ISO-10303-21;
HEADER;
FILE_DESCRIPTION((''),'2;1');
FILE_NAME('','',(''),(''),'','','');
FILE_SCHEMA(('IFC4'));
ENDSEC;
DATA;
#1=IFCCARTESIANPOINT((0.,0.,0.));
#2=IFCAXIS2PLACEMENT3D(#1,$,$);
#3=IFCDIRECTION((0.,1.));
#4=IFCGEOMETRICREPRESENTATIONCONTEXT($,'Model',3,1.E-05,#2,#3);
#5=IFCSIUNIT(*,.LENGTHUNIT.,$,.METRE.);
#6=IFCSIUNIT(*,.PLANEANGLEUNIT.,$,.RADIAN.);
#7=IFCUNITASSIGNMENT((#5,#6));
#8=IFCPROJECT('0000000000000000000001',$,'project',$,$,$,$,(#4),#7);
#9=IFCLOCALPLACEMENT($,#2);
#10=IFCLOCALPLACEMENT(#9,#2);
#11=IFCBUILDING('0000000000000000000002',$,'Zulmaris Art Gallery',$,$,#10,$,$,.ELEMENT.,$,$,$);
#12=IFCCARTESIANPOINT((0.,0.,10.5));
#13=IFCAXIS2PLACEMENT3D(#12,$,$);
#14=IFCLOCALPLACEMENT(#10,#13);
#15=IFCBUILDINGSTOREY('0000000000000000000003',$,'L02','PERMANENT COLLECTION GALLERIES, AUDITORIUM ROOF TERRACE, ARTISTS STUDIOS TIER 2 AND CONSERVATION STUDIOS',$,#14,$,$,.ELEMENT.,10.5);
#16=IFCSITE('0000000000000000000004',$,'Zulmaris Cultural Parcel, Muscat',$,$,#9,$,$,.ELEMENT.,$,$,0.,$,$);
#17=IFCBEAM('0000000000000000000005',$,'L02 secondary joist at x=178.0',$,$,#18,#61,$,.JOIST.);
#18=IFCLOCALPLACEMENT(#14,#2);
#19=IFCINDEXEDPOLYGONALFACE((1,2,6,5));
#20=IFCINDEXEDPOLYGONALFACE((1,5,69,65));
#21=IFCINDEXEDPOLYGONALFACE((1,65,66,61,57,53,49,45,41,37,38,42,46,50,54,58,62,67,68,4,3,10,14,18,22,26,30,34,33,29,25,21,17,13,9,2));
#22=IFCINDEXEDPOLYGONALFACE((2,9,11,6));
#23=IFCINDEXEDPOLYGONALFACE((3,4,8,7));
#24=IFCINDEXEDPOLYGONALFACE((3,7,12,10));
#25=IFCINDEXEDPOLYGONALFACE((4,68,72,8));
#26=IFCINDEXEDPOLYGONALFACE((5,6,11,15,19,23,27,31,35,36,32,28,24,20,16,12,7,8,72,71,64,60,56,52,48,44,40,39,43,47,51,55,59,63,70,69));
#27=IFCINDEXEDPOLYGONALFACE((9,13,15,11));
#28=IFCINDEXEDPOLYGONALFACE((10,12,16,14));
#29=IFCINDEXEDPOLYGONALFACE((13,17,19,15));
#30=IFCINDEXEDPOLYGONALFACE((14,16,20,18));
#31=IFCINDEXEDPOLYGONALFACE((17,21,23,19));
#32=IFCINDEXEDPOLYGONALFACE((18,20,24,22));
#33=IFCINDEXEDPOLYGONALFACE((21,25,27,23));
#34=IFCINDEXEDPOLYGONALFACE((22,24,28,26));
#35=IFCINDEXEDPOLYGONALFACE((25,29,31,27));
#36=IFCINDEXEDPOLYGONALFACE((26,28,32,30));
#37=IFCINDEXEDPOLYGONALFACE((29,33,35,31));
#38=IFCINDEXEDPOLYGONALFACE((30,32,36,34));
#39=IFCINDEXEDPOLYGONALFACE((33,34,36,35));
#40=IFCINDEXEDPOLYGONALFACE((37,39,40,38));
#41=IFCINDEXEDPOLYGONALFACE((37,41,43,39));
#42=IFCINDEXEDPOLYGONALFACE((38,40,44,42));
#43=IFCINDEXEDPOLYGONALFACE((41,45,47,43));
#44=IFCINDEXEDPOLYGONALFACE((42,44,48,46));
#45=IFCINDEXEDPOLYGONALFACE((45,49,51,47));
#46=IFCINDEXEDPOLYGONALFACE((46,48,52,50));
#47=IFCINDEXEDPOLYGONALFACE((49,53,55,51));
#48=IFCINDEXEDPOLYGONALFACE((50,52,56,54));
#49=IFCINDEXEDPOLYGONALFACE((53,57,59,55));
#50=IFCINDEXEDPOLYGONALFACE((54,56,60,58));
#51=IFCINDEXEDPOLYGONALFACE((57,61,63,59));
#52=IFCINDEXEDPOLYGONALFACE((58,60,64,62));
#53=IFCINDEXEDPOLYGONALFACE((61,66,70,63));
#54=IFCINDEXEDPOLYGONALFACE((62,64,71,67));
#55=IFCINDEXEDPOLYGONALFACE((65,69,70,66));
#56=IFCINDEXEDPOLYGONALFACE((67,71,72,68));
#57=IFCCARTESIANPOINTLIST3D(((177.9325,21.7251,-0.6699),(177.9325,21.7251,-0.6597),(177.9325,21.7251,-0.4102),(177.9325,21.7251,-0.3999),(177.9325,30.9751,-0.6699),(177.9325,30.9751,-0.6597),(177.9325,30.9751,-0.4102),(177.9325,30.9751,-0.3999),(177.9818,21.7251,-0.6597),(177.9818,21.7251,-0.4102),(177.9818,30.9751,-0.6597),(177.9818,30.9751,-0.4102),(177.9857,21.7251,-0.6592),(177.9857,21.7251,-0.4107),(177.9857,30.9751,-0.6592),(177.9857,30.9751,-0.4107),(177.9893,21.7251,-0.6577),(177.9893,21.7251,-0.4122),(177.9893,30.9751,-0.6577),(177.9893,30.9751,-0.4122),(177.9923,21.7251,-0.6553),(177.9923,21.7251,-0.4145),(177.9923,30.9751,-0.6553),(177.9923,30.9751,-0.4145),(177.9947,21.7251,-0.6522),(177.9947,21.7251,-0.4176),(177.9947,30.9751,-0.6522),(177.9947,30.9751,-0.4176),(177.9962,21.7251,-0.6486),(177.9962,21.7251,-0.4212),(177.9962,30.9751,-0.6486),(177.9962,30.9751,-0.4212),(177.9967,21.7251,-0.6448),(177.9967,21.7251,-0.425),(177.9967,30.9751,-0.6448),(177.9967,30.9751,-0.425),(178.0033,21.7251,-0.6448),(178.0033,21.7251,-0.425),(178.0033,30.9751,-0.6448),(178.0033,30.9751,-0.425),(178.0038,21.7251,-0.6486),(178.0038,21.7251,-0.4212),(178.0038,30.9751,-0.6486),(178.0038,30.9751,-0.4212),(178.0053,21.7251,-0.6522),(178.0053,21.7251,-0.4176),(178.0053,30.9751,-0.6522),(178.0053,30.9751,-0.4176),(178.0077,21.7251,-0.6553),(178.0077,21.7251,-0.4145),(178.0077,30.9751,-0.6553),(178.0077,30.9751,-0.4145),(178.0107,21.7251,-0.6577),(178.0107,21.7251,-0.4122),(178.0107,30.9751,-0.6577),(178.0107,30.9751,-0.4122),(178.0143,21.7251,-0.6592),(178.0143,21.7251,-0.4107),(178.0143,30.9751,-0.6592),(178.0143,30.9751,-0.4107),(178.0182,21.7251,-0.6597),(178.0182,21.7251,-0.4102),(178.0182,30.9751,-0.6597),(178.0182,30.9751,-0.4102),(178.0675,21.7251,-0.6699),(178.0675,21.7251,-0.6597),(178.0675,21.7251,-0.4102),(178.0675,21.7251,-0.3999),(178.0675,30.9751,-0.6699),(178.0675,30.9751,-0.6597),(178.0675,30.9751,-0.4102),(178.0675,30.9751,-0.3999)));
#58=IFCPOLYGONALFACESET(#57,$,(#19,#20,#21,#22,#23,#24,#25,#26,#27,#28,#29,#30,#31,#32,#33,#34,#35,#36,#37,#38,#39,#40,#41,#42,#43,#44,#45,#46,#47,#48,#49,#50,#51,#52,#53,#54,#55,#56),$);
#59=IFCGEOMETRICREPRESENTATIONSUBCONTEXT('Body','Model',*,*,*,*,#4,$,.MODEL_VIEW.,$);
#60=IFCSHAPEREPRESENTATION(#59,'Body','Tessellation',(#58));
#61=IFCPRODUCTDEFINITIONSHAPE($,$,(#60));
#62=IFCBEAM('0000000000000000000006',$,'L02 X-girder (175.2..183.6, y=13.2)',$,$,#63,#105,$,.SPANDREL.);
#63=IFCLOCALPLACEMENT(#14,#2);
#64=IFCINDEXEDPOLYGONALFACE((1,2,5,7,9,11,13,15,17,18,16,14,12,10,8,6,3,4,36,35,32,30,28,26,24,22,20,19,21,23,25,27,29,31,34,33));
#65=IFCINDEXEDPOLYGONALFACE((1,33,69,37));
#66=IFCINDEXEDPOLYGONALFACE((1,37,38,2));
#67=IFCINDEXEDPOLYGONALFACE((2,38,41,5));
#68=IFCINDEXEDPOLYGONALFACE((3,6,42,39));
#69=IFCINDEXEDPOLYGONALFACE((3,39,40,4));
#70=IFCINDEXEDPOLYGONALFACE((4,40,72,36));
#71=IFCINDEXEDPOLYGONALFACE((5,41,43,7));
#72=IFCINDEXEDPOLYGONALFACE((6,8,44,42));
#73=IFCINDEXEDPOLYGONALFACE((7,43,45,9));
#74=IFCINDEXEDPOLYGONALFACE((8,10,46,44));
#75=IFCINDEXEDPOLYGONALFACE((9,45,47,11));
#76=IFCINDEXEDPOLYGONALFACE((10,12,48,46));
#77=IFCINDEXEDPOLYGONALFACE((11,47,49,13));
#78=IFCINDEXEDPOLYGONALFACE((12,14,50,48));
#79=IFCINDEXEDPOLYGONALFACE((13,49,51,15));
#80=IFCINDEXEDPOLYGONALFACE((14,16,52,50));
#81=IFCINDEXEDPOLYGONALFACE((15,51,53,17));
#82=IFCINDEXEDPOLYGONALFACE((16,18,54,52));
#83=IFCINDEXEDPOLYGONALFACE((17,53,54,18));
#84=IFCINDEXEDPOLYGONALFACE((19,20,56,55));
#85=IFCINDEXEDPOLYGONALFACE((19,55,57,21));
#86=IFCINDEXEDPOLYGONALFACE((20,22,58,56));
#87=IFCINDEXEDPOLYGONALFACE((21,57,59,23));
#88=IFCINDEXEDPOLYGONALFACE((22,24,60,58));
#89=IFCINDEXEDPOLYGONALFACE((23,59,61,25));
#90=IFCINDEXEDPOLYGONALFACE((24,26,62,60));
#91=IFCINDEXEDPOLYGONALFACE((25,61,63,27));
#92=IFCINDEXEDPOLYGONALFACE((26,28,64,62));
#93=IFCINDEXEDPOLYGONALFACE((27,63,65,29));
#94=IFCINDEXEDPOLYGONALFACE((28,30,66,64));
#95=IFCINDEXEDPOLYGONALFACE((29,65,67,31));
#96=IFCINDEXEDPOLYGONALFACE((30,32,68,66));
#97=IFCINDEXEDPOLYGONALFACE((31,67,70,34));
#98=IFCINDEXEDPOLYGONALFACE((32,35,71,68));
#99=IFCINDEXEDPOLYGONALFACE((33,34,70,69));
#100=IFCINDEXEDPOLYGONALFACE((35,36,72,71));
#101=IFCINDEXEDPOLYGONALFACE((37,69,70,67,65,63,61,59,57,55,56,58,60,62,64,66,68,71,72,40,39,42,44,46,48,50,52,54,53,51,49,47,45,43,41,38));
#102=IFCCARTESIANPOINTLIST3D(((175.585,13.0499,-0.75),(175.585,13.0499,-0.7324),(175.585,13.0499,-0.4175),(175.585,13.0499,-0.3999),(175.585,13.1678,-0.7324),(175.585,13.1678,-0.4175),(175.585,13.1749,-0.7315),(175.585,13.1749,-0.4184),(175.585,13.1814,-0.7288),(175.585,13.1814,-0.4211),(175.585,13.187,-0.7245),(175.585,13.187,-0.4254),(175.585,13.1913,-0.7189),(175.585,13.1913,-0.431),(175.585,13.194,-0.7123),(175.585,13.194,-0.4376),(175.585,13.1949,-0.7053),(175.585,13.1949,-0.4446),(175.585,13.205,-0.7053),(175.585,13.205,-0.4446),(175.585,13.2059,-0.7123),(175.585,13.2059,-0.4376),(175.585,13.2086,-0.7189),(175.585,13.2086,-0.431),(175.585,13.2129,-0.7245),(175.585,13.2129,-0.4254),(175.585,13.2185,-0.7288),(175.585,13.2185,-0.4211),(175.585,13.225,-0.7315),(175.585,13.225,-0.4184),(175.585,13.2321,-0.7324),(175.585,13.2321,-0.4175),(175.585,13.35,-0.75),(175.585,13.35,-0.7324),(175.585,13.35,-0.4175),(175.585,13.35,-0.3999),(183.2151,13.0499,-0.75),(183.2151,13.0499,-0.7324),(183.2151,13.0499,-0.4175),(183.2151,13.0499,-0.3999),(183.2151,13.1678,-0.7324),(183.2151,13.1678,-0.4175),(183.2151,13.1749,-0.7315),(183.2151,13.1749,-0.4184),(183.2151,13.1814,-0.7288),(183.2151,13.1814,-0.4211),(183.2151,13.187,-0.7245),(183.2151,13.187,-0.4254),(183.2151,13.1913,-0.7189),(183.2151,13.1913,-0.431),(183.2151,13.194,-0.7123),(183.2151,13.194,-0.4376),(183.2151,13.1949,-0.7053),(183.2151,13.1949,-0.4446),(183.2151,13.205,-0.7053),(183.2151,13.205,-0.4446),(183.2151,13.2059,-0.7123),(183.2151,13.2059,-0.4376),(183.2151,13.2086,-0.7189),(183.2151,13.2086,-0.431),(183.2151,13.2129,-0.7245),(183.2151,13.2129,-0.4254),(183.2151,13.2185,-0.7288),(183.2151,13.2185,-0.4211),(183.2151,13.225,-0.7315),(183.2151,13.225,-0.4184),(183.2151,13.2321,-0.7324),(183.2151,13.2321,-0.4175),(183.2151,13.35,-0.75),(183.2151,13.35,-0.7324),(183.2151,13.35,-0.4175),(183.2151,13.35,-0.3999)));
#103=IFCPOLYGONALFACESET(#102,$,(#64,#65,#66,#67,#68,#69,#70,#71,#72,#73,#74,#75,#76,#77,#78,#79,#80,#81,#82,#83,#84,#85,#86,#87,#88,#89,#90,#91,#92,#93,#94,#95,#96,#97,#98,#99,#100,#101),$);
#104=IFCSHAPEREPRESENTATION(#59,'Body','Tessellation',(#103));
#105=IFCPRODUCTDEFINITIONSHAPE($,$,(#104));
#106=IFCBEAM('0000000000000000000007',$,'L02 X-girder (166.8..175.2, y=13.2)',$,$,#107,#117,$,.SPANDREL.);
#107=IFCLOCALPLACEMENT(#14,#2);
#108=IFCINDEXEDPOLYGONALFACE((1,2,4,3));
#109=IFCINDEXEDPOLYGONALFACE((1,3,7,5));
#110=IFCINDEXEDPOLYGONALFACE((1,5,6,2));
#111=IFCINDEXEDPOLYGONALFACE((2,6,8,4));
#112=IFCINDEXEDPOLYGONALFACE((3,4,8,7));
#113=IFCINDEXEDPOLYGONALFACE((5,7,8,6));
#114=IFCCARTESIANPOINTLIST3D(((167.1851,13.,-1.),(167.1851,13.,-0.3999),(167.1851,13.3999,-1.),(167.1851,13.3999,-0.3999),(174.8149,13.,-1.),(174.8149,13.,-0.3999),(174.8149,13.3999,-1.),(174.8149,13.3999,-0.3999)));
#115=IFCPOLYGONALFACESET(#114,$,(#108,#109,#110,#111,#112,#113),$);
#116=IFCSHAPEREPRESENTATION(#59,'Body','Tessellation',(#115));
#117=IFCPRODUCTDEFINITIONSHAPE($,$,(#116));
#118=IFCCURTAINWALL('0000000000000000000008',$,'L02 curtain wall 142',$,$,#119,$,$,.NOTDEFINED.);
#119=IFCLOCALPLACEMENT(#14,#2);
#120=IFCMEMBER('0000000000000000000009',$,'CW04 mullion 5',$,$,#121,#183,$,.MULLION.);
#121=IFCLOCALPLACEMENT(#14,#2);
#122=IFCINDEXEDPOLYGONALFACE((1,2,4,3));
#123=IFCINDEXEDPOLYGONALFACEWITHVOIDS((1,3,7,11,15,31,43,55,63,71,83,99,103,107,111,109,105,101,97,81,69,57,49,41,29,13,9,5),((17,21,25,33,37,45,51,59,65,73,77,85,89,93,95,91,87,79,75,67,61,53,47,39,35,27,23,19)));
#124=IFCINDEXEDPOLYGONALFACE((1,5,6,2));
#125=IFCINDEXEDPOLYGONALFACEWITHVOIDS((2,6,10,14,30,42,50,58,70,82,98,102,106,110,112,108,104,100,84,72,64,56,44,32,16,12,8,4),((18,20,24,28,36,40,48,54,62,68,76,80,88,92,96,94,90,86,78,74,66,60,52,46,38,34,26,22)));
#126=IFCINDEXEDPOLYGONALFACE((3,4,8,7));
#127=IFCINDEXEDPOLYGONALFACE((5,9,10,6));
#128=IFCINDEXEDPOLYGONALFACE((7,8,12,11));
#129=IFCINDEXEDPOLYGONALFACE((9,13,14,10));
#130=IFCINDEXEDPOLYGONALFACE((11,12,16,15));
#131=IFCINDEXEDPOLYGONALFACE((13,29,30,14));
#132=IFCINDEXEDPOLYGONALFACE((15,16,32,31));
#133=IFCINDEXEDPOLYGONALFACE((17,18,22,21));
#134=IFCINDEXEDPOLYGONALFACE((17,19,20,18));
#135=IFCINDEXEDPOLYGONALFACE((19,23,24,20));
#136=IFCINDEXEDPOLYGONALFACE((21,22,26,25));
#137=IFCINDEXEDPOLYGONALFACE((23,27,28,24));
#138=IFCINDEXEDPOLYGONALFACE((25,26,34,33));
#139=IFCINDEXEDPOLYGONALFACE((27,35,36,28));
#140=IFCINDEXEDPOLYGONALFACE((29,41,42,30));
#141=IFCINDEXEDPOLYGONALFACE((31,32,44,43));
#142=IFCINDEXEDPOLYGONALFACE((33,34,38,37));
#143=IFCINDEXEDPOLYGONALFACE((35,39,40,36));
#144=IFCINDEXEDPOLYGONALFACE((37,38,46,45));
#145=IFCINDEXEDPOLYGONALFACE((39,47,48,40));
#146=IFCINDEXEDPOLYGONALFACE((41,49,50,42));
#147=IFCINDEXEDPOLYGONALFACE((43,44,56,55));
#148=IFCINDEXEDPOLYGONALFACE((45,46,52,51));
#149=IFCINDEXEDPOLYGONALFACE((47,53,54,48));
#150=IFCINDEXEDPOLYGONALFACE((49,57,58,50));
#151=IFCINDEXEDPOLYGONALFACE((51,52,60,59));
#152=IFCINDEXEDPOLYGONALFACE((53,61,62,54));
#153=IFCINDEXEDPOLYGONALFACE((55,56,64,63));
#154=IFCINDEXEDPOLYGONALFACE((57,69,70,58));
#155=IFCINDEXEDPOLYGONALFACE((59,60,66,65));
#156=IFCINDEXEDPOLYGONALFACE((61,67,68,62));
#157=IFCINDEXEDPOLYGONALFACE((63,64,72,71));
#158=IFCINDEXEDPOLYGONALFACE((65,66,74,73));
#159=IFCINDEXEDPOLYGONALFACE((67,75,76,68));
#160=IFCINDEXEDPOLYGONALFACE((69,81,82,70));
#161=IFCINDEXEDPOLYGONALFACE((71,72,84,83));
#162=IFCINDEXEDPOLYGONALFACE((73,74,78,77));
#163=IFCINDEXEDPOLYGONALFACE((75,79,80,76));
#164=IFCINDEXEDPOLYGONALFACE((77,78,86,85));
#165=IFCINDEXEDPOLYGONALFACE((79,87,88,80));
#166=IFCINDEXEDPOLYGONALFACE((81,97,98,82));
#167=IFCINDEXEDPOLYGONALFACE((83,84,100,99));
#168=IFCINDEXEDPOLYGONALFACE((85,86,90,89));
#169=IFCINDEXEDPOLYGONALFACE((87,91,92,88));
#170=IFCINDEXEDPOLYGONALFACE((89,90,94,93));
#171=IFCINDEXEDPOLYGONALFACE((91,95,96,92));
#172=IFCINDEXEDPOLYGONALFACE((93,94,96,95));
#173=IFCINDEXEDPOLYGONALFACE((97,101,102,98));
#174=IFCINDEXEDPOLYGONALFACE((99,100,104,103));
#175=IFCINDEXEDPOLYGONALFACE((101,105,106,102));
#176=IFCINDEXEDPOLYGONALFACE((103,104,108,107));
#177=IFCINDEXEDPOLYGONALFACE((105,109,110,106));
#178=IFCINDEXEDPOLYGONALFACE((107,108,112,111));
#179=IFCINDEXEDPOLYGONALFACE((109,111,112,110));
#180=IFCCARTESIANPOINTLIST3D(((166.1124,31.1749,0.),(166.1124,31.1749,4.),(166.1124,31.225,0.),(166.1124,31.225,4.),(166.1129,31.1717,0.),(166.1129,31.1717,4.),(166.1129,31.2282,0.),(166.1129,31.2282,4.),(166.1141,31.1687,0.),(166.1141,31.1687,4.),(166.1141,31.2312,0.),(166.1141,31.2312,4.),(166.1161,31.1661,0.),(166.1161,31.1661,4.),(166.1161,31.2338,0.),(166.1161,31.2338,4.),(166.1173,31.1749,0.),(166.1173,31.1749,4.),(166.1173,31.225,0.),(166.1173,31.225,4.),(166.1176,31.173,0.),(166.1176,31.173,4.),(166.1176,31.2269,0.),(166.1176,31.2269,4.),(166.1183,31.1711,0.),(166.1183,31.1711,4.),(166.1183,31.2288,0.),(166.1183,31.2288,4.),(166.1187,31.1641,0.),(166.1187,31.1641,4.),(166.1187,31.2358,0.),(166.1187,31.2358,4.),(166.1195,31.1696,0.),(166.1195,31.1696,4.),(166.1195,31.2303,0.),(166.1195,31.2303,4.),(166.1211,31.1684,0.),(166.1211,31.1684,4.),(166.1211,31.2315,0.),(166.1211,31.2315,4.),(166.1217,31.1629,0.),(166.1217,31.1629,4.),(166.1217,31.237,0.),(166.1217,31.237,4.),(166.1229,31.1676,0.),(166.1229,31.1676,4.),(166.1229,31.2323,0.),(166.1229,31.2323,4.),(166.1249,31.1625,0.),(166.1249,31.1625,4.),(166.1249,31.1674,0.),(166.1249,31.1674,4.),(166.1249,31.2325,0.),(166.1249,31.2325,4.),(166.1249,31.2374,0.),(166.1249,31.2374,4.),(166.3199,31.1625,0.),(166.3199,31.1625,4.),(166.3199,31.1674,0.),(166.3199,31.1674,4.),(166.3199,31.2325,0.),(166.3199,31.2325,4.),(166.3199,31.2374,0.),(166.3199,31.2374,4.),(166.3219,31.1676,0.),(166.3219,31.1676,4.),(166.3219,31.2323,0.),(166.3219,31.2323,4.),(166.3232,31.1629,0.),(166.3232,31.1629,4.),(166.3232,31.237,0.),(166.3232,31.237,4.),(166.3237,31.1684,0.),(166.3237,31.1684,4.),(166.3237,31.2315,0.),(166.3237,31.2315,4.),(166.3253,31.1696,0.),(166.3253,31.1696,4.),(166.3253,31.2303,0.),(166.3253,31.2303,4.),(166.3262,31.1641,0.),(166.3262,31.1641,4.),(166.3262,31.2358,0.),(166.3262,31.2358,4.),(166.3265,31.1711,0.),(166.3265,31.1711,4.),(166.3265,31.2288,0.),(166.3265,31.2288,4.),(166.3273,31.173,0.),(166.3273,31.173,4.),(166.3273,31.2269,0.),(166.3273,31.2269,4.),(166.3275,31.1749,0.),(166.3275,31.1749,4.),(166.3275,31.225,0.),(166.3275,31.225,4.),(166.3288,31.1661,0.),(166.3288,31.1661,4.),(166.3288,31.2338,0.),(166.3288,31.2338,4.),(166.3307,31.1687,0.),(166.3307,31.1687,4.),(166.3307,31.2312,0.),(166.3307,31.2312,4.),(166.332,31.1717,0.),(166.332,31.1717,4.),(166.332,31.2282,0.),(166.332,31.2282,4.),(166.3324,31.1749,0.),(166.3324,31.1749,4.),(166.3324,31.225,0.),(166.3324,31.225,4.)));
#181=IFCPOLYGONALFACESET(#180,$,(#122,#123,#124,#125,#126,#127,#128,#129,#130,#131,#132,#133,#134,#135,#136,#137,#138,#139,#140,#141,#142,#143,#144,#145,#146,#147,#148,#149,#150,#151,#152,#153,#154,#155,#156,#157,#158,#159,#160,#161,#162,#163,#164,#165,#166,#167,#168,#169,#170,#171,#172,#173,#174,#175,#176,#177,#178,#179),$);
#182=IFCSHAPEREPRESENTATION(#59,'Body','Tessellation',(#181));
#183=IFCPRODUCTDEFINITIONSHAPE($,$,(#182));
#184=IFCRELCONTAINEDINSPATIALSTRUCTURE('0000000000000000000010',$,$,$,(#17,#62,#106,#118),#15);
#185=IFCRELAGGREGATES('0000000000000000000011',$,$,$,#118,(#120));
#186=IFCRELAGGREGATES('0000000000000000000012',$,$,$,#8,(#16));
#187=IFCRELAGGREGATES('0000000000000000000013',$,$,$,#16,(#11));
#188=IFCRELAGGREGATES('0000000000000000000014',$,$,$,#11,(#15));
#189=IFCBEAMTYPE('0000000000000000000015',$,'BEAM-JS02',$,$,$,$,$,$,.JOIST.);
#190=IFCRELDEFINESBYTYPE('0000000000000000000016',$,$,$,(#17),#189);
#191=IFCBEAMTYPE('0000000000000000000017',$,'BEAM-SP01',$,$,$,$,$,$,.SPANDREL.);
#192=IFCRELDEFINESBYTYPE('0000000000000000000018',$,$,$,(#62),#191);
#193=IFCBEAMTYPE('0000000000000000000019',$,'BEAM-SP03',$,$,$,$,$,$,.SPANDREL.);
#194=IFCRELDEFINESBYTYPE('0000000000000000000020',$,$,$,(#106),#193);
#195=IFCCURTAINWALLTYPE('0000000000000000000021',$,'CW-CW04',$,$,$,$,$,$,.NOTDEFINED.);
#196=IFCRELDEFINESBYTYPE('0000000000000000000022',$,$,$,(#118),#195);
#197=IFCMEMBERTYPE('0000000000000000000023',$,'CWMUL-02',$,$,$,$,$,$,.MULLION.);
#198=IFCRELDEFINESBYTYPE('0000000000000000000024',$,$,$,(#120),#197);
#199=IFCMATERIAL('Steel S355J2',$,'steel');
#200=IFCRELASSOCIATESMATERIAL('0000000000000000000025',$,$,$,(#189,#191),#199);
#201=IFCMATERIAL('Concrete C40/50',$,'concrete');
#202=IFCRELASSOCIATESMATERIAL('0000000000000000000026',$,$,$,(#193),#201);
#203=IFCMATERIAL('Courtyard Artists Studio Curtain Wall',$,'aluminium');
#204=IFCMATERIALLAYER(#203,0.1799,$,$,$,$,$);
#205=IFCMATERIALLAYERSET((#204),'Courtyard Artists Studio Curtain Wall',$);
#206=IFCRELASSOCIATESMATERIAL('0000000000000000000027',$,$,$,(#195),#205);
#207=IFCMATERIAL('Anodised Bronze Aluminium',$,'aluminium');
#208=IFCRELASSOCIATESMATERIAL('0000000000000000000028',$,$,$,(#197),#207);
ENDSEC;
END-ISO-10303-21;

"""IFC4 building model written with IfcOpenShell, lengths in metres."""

from ifc_helpers import new_model, si_unit, direction, frame, origin, origin_2d, place, context, subcontext, project, spatial, rectangle, hollow_rectangle, i_section, extrude, material, layer, layer_set, material_profile, profile_set, type_object, element, aggregate, save


model = new_model("IFC4")

# Units and contexts
model_context = context("Model", 3, precision=1e-05, world=origin(), true_north=direction((0.0, 1.0)))
body_context = subcontext(model_context, "Body", "Model", "MODEL_VIEW")
ifc_project = project(units=[si_unit("LENGTHUNIT", "METRE"), si_unit("PLANEANGLEUNIT", "RADIAN")], contexts=[model_context])

# Site, building, storey
site_placement = place(None, origin())
site = spatial("IfcSite", under=ifc_project, at=site_placement, Name="Zulmaris Cultural Parcel, Muscat", CompositionType="ELEMENT", RefElevation=0.0)
building_placement = place(site_placement, origin())
building = spatial("IfcBuilding", under=site, at=building_placement, Name="Zulmaris Art Gallery", CompositionType="ELEMENT")
storey_placement = place(building_placement, frame((0.0, 0.0, 10.5)))
storey = spatial("IfcBuildingStorey", under=building, at=storey_placement, Name="L02", Description="PERMANENT COLLECTION GALLERIES, AUDITORIUM ROOF TERRACE, ARTISTS STUDIOS TIER 2 AND CONSERVATION STUDIOS", CompositionType="ELEMENT", Elevation=10.5)

# Shared definitions
ifc_material_1 = material(Name="Concrete C40/50", Category="concrete")

# Beams
ifc_material_2 = material(Name="Steel S355J2", Category="steel")
ifc_material_profile_1 = material_profile(ifc_material_2, i_section(OverallWidth=0.135, OverallDepth=0.27, WebThickness=0.0066, FlangeThickness=0.0103, FilletRadius=0.0149, at=origin_2d()), Name="IPE 270")
ifc_profile_set_1 = profile_set([ifc_material_profile_1], Name="Steel S355J2")
beam_type_1 = type_object("IfcBeamType", Name="BEAM-JS02", PredefinedType="JOIST", material=ifc_profile_set_1)
beam_1_placement = place(storey_placement, frame((178.0, 21.7251, -0.5349), z_axis=(0.0, 1.0, 0.0), x_axis=(-1.0, 0.0, 0.0)))
element("IfcBeam", 1, at=beam_1_placement, inside=storey, type_object=beam_type_1, Name="L02 secondary joist at x=178.0", PredefinedType="JOIST", context=body_context, shape_type="SweptSolid", body=[
    extrude(i_section(OverallWidth=0.135, OverallDepth=0.27, WebThickness=0.0066, FlangeThickness=0.0103, FilletRadius=0.0149, at=origin_2d()), origin(), (0.0, 0.0, 1.0), 9.25),
])
ifc_material_profile_2 = material_profile(ifc_material_2, i_section(OverallWidth=0.3, OverallDepth=0.3501, WebThickness=0.01, FlangeThickness=0.0176, FilletRadius=0.0271, at=origin_2d()), Name="HEA 360")
ifc_profile_set_2 = profile_set([ifc_material_profile_2], Name="Steel S355J2")
beam_type_2 = type_object("IfcBeamType", Name="BEAM-SP01", PredefinedType="SPANDREL", material=ifc_profile_set_2)
beam_2_placement = place(storey_placement, frame((175.585, 13.2, -0.575), z_axis=(1.0, 0.0, 0.0), x_axis=(0.0, 1.0, 0.0)))
element("IfcBeam", 2, at=beam_2_placement, inside=storey, type_object=beam_type_2, Name="L02 X-girder (175.2..183.6, y=13.2)", PredefinedType="SPANDREL", context=body_context, shape_type="SweptSolid", body=[
    extrude(i_section(OverallWidth=0.3, OverallDepth=0.3501, WebThickness=0.01, FlangeThickness=0.0176, FilletRadius=0.0271, at=origin_2d()), origin(), (0.0, 0.0, 1.0), 7.6301),
])
ifc_material_profile_3 = material_profile(ifc_material_1, rectangle(XDim=0.3999, YDim=0.6001, at=origin_2d()), Name="RC 400x600")
ifc_profile_set_3 = profile_set([ifc_material_profile_3], Name="Concrete C40/50")
beam_type_3 = type_object("IfcBeamType", Name="BEAM-SP03", PredefinedType="SPANDREL", material=ifc_profile_set_3)
beam_3_placement = place(storey_placement, frame((167.1851, 13.2, -0.7), z_axis=(1.0, 0.0, 0.0), x_axis=(0.0, 1.0, 0.0)))
element("IfcBeam", 3, at=beam_3_placement, inside=storey, type_object=beam_type_3, Name="L02 X-girder (166.8..175.2, y=13.2)", PredefinedType="SPANDREL", context=body_context, shape_type="SweptSolid", body=[
    extrude(rectangle(XDim=0.3999, YDim=0.6001, at=origin_2d()), origin(), (0.0, 0.0, 1.0), 7.6299),
])

# Curtain wall, member
ifc_material_3 = material(Name="Courtyard Artists Studio Curtain Wall", Category="aluminium")
ifc_layer_1 = layer(ifc_material_3, 0.1799)
ifc_layer_set_1 = layer_set([ifc_layer_1], Name="Courtyard Artists Studio Curtain Wall")
curtain_wall_type = type_object("IfcCurtainWallType", Name="CW-CW04", PredefinedType="NOTDEFINED", material=ifc_layer_set_1)
curtain_wall_placement = place(storey_placement, origin())
curtain_wall = element("IfcCurtainWall", 4, at=curtain_wall_placement, inside=storey, type_object=curtain_wall_type, Name="L02 curtain wall 142", PredefinedType="NOTDEFINED")
ifc_material_4 = material(Name="Anodised Bronze Aluminium", Category="aluminium")
ifc_material_profile_4 = material_profile(ifc_material_4, hollow_rectangle(XDim=0.075, YDim=0.22, WallThickness=0.0049, InnerFilletRadius=0.0076, OuterFilletRadius=0.0125, at=origin_2d()), Name="ALU 75x220x5")
ifc_profile_set_4 = profile_set([ifc_material_profile_4], Name="Anodised Bronze Aluminium")
member_type_1 = type_object("IfcMemberType", Name="CWMUL-02", PredefinedType="MULLION", material=ifc_profile_set_4)
member_1_placement = place(storey_placement, frame((166.2224, 31.2, 0.0), z_axis=(0.0, 0.0, 1.0), x_axis=(0.0, 1.0, 0.0)))
member_1 = element("IfcMember", 5, at=member_1_placement, type_object=member_type_1, Name="CW04 mullion 5", PredefinedType="MULLION", context=body_context, shape_type="SweptSolid", body=[
    extrude(hollow_rectangle(XDim=0.075, YDim=0.22, WallThickness=0.0049, InnerFilletRadius=0.0076, OuterFilletRadius=0.0125, at=origin_2d()), origin(), (0.0, 0.0, 1.0), 4.0),
])
aggregate(curtain_wall, [member_1])

save(model, "model.ifc")
